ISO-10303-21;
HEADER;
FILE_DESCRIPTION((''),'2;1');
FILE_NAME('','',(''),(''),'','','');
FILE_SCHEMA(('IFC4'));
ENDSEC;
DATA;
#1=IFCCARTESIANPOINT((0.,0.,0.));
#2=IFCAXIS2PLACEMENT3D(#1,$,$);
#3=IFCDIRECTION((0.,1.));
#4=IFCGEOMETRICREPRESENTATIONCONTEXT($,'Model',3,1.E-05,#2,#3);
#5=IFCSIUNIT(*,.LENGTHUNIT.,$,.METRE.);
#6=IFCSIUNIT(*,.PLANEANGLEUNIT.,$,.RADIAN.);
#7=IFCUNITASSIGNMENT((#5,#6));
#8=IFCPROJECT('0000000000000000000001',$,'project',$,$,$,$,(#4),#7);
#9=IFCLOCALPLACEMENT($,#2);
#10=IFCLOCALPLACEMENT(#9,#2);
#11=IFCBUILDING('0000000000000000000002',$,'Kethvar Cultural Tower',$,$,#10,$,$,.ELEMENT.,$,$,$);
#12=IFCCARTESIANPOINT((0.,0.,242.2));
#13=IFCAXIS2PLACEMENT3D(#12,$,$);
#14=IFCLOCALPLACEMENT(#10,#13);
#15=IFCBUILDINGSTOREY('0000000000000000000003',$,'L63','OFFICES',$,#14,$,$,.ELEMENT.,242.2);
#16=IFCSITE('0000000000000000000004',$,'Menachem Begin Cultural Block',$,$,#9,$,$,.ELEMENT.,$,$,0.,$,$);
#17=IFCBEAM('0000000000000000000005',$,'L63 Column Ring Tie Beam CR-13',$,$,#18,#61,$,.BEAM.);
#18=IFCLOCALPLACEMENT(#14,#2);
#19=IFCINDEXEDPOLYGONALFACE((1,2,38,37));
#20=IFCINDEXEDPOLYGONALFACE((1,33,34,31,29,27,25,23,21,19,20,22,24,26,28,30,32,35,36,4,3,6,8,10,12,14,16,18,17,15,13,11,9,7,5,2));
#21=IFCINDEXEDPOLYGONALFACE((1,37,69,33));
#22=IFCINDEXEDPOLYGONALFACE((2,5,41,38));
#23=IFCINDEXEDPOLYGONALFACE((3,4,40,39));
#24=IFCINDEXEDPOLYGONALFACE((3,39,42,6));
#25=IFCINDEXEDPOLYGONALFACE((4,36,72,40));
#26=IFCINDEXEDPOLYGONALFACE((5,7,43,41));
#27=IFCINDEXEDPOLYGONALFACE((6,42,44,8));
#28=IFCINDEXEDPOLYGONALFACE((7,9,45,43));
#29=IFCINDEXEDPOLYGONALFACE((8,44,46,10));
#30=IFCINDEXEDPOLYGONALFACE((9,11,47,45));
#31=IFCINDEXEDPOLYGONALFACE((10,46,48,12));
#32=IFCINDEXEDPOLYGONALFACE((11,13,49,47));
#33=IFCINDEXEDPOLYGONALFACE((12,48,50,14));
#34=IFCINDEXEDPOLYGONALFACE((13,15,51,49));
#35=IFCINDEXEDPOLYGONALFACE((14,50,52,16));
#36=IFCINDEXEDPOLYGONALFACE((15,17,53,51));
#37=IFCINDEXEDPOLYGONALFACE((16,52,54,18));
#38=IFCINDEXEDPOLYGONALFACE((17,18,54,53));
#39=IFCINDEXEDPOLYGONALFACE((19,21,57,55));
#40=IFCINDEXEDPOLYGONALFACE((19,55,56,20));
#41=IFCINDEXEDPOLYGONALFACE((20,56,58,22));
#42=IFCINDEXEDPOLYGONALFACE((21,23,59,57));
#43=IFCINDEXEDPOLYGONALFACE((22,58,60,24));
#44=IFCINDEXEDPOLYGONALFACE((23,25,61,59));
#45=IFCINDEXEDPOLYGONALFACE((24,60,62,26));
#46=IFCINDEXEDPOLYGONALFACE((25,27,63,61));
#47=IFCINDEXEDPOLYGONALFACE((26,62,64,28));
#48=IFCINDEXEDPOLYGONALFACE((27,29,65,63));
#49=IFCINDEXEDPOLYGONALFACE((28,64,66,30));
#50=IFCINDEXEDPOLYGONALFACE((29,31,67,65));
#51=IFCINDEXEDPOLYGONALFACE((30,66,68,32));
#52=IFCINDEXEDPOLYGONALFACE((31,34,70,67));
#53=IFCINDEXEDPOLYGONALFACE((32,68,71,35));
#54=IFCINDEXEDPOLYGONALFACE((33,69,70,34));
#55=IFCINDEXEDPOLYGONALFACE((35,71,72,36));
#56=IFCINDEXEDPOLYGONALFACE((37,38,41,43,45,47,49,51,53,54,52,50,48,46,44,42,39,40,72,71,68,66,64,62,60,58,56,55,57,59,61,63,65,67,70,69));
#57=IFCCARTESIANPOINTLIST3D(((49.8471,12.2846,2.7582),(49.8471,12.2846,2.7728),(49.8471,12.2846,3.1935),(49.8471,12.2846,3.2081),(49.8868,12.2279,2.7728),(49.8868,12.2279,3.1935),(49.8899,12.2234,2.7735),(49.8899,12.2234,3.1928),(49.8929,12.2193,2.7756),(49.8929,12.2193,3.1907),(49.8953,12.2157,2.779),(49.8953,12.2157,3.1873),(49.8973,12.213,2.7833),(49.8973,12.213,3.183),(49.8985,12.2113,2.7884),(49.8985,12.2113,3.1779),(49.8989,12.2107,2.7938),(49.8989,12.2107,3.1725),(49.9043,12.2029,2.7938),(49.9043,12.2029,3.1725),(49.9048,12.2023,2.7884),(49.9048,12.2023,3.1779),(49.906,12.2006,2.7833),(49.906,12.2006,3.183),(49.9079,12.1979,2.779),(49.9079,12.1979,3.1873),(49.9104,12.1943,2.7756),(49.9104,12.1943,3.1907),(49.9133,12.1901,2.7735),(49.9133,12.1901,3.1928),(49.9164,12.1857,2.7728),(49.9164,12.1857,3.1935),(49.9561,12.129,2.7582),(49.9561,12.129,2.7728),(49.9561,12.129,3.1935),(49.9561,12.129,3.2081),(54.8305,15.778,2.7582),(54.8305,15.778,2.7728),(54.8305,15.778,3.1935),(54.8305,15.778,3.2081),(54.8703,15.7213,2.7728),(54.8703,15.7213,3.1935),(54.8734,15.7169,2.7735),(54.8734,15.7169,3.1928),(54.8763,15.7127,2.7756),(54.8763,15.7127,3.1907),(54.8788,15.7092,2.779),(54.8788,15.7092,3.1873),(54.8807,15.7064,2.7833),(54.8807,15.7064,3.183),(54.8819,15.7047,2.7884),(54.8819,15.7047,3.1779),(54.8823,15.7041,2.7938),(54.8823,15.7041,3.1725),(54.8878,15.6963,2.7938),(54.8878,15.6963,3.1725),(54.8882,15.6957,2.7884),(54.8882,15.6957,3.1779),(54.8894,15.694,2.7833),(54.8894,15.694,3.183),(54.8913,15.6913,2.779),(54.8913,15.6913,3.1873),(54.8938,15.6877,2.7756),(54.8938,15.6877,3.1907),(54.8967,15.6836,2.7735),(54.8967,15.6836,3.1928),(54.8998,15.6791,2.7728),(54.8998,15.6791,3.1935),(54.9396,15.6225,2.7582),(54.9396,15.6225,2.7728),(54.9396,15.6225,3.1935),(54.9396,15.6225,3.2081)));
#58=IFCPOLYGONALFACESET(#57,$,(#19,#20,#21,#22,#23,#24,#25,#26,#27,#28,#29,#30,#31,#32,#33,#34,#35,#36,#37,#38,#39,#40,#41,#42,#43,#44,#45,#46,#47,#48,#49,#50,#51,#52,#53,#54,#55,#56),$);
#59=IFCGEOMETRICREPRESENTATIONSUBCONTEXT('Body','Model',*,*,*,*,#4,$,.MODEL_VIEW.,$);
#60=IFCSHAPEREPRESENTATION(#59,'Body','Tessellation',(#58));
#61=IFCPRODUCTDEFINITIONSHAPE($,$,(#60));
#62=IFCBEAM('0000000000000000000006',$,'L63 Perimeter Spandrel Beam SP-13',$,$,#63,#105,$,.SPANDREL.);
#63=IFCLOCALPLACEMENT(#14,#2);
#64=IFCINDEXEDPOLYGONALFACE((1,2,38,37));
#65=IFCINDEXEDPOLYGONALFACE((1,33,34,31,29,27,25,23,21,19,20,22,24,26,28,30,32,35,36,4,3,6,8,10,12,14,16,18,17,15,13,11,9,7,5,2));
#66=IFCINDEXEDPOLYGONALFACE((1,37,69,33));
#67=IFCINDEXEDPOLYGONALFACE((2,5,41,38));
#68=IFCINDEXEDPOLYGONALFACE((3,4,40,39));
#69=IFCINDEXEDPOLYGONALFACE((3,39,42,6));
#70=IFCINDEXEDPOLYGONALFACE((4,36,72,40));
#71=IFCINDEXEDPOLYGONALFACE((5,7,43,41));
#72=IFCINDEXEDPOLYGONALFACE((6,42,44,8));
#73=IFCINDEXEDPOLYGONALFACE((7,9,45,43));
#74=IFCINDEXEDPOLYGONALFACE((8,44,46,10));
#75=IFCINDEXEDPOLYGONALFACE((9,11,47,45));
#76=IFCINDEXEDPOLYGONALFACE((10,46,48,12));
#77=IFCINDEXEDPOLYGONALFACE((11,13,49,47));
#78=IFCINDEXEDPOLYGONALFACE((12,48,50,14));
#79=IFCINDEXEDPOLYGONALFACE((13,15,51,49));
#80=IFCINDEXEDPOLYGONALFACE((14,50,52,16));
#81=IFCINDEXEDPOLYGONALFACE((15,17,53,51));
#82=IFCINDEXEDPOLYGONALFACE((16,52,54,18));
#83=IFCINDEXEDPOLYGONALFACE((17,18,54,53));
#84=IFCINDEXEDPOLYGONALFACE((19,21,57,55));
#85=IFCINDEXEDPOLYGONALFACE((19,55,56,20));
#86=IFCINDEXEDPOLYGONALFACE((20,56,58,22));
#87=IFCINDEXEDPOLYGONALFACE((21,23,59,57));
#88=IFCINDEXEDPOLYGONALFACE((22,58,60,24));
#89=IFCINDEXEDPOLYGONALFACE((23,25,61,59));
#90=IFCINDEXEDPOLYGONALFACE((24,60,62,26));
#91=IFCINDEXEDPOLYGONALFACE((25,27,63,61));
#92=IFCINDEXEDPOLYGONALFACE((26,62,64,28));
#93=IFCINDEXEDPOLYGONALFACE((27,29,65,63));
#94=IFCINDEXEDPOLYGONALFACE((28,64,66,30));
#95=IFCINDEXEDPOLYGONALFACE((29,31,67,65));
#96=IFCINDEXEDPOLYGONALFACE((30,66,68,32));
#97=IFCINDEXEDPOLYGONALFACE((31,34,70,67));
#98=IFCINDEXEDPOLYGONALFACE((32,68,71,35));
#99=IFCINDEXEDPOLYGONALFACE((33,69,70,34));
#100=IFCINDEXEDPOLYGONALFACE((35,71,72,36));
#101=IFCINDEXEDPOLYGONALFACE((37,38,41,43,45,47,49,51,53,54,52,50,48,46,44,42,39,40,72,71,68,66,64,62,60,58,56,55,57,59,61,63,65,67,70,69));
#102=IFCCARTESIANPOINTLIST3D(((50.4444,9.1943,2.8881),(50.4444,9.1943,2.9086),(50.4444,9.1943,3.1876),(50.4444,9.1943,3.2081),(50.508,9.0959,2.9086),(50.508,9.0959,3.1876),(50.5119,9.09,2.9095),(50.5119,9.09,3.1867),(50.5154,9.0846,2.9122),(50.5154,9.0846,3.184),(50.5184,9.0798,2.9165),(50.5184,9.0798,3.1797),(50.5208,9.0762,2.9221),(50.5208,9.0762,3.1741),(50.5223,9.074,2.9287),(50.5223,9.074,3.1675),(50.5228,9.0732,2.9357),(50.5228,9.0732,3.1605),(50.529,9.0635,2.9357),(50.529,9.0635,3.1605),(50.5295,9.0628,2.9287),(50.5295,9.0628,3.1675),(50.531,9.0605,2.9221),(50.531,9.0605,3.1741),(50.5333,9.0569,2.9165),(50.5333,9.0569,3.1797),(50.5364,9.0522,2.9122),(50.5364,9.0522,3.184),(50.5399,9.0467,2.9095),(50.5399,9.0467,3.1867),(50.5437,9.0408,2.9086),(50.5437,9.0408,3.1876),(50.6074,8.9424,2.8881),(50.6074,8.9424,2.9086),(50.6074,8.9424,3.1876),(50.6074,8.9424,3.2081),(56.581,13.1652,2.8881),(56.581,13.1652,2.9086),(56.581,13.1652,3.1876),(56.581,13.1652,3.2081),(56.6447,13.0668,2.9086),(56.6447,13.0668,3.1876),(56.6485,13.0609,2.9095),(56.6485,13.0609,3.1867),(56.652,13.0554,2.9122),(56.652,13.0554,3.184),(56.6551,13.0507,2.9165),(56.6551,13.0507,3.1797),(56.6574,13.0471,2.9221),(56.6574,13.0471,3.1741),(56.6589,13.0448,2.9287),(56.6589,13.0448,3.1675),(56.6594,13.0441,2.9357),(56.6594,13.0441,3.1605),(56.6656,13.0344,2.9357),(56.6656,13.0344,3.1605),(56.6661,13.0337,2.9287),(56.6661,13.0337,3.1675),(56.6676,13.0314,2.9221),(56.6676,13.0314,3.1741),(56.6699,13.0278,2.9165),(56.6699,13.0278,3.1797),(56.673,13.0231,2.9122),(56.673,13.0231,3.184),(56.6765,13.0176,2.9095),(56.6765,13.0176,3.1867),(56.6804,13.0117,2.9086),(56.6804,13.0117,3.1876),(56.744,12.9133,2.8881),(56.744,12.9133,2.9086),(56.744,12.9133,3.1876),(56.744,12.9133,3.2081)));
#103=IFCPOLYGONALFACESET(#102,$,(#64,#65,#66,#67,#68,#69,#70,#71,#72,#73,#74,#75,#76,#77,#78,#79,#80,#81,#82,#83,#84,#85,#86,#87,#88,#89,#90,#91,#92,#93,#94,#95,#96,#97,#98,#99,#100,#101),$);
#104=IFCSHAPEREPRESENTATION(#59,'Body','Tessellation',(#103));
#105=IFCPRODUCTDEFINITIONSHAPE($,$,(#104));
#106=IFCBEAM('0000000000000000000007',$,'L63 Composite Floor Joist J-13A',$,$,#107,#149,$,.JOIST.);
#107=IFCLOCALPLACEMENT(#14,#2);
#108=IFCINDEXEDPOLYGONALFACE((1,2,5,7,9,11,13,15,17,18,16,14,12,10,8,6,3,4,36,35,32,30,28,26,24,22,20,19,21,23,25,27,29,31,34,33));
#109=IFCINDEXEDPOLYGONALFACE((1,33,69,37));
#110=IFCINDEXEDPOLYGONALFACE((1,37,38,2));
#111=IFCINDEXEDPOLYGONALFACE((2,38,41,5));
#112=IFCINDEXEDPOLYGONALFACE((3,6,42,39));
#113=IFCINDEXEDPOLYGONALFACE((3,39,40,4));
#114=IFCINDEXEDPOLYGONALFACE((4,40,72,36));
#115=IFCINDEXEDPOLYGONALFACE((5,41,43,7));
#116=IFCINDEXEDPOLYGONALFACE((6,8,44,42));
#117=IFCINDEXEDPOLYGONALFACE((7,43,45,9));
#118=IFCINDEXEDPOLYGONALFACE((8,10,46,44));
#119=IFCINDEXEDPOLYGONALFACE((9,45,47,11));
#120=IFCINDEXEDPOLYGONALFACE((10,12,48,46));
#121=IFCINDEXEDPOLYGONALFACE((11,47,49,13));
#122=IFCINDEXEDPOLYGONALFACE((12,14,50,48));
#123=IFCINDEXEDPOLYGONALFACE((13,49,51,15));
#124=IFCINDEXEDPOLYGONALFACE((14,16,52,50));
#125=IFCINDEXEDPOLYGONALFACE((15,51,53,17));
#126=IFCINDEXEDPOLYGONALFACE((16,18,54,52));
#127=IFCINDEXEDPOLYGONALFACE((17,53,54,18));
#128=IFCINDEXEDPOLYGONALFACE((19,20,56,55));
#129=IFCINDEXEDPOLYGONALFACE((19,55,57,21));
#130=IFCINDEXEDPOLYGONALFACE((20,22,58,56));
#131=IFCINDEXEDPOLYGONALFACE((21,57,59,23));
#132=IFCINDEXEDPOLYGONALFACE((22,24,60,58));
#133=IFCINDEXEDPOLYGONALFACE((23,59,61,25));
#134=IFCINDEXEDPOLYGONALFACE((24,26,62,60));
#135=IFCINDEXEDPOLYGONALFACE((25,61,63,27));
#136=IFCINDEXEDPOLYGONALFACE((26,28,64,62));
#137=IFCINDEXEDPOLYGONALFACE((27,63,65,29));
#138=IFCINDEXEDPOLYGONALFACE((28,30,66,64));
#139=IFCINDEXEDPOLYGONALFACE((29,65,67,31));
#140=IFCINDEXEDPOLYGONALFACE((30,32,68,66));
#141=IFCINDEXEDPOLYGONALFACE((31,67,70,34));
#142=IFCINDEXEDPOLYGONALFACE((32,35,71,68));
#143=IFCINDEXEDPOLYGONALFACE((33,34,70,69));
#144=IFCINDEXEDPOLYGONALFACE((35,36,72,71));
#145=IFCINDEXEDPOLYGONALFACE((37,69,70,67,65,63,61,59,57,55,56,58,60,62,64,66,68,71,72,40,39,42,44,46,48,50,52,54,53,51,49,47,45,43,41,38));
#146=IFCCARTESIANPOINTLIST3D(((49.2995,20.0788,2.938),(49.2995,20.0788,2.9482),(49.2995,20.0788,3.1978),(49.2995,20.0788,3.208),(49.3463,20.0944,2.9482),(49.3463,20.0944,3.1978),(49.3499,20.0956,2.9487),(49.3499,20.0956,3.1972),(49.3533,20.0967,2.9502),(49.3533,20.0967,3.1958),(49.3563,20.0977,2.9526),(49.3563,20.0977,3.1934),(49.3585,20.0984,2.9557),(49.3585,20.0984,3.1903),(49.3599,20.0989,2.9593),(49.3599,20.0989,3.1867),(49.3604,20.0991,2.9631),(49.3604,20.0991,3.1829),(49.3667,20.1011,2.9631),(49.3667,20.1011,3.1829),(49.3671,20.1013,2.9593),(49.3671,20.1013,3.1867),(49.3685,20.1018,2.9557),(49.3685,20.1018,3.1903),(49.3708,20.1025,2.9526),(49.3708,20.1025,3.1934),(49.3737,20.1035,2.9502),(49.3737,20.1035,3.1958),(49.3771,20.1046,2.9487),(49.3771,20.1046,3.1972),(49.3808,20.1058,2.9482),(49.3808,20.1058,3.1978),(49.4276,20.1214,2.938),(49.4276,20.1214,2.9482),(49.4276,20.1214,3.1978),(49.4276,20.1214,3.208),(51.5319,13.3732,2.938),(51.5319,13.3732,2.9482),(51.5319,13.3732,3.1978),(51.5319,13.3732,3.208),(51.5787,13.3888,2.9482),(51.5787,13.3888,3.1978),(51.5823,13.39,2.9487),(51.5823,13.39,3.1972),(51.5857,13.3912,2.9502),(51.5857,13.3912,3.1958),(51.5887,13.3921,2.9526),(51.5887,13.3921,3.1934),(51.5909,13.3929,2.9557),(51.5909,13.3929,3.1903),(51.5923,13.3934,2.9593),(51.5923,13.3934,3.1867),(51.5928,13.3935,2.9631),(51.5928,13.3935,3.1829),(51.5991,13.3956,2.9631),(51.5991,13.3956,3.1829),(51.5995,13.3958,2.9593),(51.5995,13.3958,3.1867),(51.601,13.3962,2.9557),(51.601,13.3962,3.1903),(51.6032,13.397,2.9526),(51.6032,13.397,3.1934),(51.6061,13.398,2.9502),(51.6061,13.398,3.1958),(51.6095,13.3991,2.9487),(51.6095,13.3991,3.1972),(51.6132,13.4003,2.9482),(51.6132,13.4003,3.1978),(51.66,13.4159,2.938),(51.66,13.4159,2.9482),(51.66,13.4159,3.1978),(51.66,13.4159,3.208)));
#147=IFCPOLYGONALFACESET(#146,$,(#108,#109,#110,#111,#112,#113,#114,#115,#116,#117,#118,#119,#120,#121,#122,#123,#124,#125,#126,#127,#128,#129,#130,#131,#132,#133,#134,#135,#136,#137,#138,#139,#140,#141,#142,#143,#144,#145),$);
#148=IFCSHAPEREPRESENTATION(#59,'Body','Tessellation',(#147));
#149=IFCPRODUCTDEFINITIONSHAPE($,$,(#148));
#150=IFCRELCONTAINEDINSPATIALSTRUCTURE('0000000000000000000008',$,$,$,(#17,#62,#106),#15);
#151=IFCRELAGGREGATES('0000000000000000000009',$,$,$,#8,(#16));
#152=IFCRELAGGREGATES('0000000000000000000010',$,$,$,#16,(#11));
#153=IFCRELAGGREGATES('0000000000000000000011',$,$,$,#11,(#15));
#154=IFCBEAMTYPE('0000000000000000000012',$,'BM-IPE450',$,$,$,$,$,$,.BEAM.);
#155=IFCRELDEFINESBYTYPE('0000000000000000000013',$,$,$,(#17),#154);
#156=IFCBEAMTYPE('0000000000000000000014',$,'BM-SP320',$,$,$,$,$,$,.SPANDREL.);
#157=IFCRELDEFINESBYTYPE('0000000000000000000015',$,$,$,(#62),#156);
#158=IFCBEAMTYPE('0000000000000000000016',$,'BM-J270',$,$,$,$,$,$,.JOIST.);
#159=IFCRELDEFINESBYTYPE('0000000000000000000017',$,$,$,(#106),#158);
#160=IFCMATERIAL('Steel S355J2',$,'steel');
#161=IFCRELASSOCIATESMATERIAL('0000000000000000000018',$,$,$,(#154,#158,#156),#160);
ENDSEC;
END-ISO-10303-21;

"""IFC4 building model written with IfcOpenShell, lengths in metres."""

from ifc_helpers import new_model, si_unit, direction, frame, origin, origin_2d, place, context, subcontext, project, spatial, i_section, extrude, source, transform, mapped, material, material_profile, profile_set, type_object, element, save


model = new_model("IFC4")

# Units and contexts
model_context = context("Model", 3, precision=1e-05, world=origin(), true_north=direction((0.0, 1.0)))
body_context = subcontext(model_context, "Body", "Model", "MODEL_VIEW")
ifc_project = project(units=[si_unit("LENGTHUNIT", "METRE"), si_unit("PLANEANGLEUNIT", "RADIAN")], contexts=[model_context])

# Site, building, storey
site_placement = place(None, origin())
site = spatial("IfcSite", under=ifc_project, at=site_placement, Name="Menachem Begin Cultural Block", CompositionType="ELEMENT", RefElevation=0.0)
building_placement = place(site_placement, origin())
building = spatial("IfcBuilding", under=site, at=building_placement, Name="Kethvar Cultural Tower", CompositionType="ELEMENT")
storey_placement = place(building_placement, frame((0.0, 0.0, 242.2)))
storey = spatial("IfcBuildingStorey", under=building, at=storey_placement, Name="L63", Description="OFFICES", CompositionType="ELEMENT", Elevation=242.2)

# Beams
ifc_material_1 = material(Name="Steel S355J2", Category="steel")
ifc_material_profile_1 = material_profile(ifc_material_1, i_section(OverallWidth=0.1899, OverallDepth=0.45, WebThickness=0.0095, FlangeThickness=0.0146, FilletRadius=0.021, at=origin_2d()), Name="Steel S355J2 — IPE450")
ifc_profile_set_1 = profile_set([ifc_material_profile_1], Name="Steel S355J2 — IPE450")
beam_type_1 = type_object("IfcBeamType", Name="BM-IPE450", PredefinedType="BEAM", material=ifc_profile_set_1)
ifc_material_profile_2 = material_profile(ifc_material_1, i_section(OverallWidth=0.135, OverallDepth=0.27, WebThickness=0.0066, FlangeThickness=0.0103, FilletRadius=0.0149, at=origin_2d()), Name="Steel S355J2 — IPE270")
ifc_profile_set_2 = profile_set([ifc_material_profile_2], Name="Steel S355J2 — IPE270")
beam_type_2 = type_object("IfcBeamType", Name="BM-J270", PredefinedType="JOIST", material=ifc_profile_set_2)
shared_shape_1 = source(origin(), body_context, "Body", "SweptSolid", [
    extrude(i_section(OverallWidth=0.1899, OverallDepth=0.45, WebThickness=0.0095, FlangeThickness=0.0146, FilletRadius=0.021, at=origin_2d()), origin(), (0.0, 0.0, 1.0), 6.0859),
])
beam_1_placement = place(storey_placement, frame((49.9016, 12.2068, 2.9832), z_axis=(0.818843, 0.574017, 0.0), x_axis=(-0.574017, 0.818843, 0.0)))
element("IfcBeam", 1, at=beam_1_placement, inside=storey, type_object=beam_type_1, Name="L63 Column Ring Tie Beam CR-13", PredefinedType="BEAM", context=body_context, shape_type="MappedRepresentation", body=[
    mapped(shared_shape_1, transform((0.0, 0.0, 0.0), scale=1.0)),
])
ifc_material_profile_3 = material_profile(ifc_material_1, i_section(OverallWidth=0.3, OverallDepth=0.3201, WebThickness=0.0115, FlangeThickness=0.0205, FilletRadius=0.0271, at=origin_2d()), Name="Steel S355J2 — HEB320")
ifc_profile_set_3 = profile_set([ifc_material_profile_3], Name="Steel S355J2 — HEB320")
beam_type_3 = type_object("IfcBeamType", Name="BM-SP320", PredefinedType="SPANDREL", material=ifc_profile_set_3)
shared_shape_2 = source(origin(), body_context, "Body", "SweptSolid", [
    extrude(i_section(OverallWidth=0.3, OverallDepth=0.3201, WebThickness=0.0115, FlangeThickness=0.0205, FilletRadius=0.0271, at=origin_2d()), origin(), (0.0, 0.0, 1.0), 7.3093),
])
beam_2_placement = place(storey_placement, frame((50.5259, 9.0684, 3.0481), z_axis=(0.839562, 0.543264, 0.0), x_axis=(-0.543264, 0.839562, 0.0)))
element("IfcBeam", 2, at=beam_2_placement, inside=storey, type_object=beam_type_3, Name="L63 Perimeter Spandrel Beam SP-13", PredefinedType="SPANDREL", context=body_context, shape_type="MappedRepresentation", body=[
    mapped(shared_shape_2, transform((0.0, 0.0, 0.0), scale=1.0)),
])
shared_shape_3 = source(origin(), body_context, "Body", "SweptSolid", [
    extrude(i_section(OverallWidth=0.135, OverallDepth=0.27, WebThickness=0.0066, FlangeThickness=0.0103, FilletRadius=0.0149, at=origin_2d()), origin(), (0.0, 0.0, 1.0), 7.0674),
])
beam_3_placement = place(storey_placement, frame((49.3635, 20.1001, 3.073), z_axis=(0.315875, -0.948801, 0.0), x_axis=(0.948801, 0.315875, 0.0)))
element("IfcBeam", 3, at=beam_3_placement, inside=storey, type_object=beam_type_2, Name="L63 Composite Floor Joist J-13A", PredefinedType="JOIST", context=body_context, shape_type="MappedRepresentation", body=[
    mapped(shared_shape_3, transform((0.0, 0.0, 0.0), scale=1.0)),
])

save(model, "model.ifc")
